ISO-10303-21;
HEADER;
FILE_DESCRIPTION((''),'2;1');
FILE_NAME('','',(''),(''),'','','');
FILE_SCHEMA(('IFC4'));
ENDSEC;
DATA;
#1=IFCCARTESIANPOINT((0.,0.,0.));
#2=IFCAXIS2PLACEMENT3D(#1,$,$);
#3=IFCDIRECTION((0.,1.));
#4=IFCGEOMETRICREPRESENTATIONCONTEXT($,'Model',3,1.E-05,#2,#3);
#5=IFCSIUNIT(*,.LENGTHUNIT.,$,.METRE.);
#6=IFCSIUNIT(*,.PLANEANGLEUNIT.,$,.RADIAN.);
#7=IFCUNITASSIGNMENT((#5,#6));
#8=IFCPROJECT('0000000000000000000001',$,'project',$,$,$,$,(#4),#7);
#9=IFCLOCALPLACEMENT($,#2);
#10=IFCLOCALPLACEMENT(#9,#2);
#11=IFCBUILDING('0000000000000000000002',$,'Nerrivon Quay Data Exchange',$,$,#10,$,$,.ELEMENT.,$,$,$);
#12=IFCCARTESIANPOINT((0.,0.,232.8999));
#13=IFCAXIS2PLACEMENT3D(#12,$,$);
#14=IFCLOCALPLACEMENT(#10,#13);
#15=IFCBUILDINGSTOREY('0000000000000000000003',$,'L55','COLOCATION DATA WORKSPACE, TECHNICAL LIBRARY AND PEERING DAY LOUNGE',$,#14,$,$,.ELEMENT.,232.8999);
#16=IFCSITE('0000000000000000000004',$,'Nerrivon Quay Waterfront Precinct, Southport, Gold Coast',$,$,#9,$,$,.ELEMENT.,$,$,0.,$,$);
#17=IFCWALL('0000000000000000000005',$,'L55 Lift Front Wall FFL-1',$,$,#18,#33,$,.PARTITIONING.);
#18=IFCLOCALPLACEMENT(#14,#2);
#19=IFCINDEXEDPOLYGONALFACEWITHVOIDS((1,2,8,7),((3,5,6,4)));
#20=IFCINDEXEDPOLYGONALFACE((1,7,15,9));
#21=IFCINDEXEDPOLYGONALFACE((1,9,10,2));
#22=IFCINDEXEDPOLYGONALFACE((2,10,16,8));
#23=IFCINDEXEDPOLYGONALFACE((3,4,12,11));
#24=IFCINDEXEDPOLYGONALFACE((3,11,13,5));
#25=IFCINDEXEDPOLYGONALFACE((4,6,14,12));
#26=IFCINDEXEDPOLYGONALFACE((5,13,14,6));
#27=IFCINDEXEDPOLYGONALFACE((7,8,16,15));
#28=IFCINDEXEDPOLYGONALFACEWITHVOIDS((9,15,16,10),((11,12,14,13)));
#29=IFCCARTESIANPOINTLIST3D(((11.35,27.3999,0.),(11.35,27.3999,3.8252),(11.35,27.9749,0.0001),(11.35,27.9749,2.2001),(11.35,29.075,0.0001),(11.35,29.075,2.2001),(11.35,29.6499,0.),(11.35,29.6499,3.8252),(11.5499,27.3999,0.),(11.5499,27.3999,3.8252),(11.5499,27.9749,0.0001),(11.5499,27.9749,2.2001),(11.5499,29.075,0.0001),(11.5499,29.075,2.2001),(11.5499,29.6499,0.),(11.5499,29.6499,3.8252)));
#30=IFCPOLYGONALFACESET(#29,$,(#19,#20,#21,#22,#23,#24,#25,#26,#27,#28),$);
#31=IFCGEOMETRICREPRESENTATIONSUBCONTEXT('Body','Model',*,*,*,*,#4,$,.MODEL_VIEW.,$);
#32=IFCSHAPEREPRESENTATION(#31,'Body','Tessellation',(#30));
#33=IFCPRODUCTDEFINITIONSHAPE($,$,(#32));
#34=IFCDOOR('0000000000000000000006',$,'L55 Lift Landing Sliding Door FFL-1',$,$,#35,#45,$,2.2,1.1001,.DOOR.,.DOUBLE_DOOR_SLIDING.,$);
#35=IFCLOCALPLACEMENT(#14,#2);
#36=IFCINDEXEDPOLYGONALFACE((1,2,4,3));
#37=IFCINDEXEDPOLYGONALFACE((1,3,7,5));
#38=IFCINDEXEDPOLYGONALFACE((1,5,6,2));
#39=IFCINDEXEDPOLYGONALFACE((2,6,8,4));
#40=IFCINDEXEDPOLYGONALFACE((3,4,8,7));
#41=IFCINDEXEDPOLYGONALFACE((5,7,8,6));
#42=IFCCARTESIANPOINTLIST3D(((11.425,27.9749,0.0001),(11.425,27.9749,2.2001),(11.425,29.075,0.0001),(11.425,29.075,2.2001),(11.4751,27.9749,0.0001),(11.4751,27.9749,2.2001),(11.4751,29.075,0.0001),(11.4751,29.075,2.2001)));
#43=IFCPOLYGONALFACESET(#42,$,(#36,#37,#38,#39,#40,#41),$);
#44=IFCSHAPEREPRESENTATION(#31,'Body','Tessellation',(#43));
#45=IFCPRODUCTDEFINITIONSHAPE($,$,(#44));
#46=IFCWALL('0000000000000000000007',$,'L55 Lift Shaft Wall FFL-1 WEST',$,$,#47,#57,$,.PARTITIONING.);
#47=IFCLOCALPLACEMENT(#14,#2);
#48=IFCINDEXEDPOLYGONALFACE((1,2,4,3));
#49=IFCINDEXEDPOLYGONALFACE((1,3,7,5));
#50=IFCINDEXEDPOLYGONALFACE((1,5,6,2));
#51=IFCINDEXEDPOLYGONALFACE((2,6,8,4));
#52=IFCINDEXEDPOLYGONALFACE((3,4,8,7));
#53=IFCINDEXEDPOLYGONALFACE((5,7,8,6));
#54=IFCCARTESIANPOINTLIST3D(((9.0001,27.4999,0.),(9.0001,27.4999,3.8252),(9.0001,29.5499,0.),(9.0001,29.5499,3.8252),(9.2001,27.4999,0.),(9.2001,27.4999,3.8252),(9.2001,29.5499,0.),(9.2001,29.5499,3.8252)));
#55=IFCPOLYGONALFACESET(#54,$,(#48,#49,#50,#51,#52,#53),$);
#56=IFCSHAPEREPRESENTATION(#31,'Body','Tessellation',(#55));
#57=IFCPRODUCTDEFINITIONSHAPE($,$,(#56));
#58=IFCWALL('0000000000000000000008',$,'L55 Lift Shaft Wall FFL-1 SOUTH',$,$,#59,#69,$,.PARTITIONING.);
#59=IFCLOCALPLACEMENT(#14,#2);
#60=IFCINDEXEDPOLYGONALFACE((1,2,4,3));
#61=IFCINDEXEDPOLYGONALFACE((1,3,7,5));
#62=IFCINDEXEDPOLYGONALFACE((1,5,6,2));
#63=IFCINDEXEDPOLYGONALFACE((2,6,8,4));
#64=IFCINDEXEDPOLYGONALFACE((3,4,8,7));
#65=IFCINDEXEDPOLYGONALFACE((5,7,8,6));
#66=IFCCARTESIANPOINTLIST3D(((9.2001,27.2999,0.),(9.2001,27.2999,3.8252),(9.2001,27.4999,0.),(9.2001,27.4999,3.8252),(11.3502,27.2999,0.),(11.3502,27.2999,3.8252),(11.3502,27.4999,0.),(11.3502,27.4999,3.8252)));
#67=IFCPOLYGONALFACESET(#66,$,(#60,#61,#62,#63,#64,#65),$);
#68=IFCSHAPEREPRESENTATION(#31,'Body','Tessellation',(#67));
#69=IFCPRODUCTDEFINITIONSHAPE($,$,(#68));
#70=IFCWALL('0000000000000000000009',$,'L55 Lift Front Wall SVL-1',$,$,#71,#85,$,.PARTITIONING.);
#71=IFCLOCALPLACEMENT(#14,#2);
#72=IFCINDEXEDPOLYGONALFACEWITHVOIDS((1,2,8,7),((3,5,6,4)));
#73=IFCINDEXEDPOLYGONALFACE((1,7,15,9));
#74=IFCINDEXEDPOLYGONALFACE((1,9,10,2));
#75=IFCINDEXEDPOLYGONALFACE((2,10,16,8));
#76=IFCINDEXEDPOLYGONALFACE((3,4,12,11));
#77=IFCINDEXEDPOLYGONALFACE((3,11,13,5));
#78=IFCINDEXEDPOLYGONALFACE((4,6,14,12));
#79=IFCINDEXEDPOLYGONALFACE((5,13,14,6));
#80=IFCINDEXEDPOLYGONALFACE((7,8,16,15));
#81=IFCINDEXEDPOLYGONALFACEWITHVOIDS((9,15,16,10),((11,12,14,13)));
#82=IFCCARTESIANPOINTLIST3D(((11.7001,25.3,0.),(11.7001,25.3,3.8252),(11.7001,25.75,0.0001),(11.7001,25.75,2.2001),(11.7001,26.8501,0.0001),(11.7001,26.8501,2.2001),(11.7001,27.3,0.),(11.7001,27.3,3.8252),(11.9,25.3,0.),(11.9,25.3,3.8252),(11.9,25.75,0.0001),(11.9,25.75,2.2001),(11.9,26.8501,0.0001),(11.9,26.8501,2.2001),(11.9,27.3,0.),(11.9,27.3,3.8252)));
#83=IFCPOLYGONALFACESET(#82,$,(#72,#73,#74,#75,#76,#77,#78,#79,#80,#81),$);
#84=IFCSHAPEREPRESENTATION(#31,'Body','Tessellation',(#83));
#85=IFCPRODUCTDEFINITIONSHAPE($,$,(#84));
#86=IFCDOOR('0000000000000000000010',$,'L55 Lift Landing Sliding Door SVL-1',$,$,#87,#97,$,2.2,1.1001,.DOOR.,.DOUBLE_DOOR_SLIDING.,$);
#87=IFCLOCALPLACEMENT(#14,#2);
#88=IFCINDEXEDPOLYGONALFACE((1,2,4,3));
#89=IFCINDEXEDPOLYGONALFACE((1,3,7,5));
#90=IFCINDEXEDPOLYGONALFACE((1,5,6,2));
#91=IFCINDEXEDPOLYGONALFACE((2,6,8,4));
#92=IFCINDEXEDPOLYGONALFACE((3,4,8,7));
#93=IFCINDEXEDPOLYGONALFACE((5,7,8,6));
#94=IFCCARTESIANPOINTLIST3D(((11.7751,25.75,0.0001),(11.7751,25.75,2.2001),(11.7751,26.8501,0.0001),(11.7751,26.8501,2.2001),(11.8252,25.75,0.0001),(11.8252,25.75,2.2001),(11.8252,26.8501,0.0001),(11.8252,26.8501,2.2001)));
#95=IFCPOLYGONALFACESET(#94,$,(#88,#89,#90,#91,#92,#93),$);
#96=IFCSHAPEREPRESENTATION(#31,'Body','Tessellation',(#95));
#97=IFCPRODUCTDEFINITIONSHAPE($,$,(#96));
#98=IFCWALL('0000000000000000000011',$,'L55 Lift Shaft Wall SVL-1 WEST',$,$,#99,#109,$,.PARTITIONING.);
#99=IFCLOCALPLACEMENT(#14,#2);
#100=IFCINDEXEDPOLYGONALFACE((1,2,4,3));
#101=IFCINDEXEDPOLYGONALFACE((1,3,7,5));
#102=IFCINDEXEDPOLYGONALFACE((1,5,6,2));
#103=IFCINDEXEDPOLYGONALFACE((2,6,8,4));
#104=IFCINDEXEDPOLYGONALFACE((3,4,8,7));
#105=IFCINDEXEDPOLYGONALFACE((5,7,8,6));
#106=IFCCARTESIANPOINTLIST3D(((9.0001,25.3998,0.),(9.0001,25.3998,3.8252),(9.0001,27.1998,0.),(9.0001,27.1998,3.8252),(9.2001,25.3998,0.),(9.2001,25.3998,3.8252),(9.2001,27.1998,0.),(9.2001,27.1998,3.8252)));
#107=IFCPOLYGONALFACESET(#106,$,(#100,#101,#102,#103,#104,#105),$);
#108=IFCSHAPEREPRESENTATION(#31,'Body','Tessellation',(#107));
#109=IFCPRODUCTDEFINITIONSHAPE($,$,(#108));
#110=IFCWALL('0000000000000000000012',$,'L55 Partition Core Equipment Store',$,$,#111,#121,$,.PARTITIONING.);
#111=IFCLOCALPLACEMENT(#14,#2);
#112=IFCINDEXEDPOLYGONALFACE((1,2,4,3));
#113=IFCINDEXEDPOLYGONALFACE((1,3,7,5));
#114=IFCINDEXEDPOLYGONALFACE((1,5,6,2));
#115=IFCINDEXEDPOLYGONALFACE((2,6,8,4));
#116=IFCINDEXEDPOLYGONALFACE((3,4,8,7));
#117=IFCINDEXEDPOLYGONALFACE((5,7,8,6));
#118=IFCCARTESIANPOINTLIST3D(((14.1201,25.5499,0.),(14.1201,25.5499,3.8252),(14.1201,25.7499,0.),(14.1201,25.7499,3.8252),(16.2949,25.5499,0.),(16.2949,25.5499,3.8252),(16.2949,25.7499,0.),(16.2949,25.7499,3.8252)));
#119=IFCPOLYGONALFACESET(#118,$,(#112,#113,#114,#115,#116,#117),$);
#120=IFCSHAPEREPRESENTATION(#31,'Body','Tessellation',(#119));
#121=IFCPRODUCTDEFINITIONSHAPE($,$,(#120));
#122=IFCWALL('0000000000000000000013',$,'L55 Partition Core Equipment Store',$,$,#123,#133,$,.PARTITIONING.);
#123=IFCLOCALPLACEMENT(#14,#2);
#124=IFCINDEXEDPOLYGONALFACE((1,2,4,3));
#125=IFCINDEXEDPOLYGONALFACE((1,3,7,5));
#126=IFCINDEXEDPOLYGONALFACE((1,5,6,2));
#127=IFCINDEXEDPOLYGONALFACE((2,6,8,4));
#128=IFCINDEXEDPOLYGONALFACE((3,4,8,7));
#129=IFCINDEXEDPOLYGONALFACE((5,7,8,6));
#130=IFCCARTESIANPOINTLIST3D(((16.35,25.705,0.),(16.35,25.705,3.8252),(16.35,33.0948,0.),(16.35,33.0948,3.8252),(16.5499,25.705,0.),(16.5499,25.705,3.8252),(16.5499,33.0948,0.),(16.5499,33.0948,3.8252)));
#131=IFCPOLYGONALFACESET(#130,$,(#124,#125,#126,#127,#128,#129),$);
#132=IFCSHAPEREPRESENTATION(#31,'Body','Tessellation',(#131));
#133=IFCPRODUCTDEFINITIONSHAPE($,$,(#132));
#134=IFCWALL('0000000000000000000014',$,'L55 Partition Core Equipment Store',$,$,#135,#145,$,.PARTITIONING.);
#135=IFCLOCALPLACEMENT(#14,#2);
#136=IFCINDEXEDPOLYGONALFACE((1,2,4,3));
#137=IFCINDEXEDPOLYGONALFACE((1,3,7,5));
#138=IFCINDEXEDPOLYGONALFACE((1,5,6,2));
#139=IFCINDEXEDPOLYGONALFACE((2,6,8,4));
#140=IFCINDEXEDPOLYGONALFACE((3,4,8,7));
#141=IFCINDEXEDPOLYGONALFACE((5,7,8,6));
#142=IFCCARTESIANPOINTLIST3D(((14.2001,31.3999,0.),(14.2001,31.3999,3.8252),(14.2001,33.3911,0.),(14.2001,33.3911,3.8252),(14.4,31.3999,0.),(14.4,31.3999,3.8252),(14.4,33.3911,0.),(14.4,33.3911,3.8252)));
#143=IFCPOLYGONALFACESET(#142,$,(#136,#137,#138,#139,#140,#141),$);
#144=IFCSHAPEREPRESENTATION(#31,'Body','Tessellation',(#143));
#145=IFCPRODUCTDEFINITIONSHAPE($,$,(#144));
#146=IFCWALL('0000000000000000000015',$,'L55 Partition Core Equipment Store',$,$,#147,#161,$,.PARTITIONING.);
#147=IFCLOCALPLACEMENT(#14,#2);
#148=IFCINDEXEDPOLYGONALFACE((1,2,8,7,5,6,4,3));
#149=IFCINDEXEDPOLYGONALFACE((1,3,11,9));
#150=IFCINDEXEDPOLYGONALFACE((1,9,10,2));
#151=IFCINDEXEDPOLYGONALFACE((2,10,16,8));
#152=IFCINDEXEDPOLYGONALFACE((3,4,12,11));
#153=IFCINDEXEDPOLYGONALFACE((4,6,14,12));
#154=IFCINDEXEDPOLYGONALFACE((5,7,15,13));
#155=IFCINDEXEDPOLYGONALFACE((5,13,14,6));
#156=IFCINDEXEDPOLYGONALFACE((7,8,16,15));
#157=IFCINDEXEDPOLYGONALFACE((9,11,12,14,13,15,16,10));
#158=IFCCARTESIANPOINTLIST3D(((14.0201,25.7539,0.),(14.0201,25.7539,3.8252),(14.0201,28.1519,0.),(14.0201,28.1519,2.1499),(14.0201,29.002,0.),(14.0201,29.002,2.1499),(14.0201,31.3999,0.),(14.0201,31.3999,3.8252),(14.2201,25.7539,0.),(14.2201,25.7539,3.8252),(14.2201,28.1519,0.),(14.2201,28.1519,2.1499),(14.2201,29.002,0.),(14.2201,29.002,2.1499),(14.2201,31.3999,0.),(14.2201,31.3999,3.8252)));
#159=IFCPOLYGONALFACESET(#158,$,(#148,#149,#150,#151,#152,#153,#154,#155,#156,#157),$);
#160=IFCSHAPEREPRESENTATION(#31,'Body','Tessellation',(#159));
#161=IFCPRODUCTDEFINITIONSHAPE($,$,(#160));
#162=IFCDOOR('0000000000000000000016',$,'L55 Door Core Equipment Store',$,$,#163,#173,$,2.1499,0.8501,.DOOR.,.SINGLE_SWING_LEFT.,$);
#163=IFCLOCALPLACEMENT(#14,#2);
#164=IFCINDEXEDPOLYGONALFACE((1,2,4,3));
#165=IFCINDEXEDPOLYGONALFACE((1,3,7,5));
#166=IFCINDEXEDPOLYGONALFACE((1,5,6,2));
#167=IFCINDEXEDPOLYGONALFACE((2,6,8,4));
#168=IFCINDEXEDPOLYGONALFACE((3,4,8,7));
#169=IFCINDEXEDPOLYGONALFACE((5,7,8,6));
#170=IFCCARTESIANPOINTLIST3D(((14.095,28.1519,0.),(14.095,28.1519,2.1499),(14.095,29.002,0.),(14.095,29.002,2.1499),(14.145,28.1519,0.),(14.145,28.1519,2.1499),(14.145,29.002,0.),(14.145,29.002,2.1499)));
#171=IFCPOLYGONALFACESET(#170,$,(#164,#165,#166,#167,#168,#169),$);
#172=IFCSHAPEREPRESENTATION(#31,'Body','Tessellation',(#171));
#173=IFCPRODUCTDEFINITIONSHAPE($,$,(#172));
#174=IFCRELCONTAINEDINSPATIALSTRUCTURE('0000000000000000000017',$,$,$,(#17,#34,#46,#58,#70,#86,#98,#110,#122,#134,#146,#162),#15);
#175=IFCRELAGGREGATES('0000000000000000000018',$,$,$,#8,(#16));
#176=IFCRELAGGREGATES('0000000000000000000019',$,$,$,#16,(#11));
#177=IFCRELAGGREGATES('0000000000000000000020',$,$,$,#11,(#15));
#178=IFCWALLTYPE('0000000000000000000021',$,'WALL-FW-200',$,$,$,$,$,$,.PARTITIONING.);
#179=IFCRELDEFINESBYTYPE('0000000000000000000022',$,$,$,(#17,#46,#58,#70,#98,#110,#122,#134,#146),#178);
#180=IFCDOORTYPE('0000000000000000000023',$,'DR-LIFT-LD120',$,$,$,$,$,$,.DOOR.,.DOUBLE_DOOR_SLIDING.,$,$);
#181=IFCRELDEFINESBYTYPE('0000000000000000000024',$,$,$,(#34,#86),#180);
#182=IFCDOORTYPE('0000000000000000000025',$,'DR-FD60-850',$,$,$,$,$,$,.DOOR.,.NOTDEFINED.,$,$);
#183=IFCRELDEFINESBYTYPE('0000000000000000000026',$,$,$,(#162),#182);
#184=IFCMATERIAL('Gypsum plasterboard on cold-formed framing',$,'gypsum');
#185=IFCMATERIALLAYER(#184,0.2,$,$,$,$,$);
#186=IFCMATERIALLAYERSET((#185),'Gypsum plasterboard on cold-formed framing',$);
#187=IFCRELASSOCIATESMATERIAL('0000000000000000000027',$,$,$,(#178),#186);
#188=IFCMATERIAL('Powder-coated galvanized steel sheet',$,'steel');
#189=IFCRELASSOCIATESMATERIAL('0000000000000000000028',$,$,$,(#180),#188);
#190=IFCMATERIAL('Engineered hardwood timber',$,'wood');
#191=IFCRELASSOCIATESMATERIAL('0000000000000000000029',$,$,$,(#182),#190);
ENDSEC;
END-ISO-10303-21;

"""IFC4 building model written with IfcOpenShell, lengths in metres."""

from ifc_helpers import new_model, si_unit, direction, frame, frame_2d, origin, place, context, subcontext, project, spatial, rectangle, extrude, material, layer, layer_set, type_object, element, fill, save


model = new_model("IFC4")

# Units and contexts
model_context = context("Model", 3, precision=1e-05, world=origin(), true_north=direction((0.0, 1.0)))
body_context = subcontext(model_context, "Body", "Model", "MODEL_VIEW")
ifc_project = project(units=[si_unit("LENGTHUNIT", "METRE"), si_unit("PLANEANGLEUNIT", "RADIAN")], contexts=[model_context])

# Site, building, storey
site_placement = place(None, origin())
site = spatial("IfcSite", under=ifc_project, at=site_placement, Name="Nerrivon Quay Waterfront Precinct, Southport, Gold Coast", CompositionType="ELEMENT", RefElevation=0.0)
building_placement = place(site_placement, origin())
building = spatial("IfcBuilding", under=site, at=building_placement, Name="Nerrivon Quay Data Exchange", CompositionType="ELEMENT")
storey_placement = place(building_placement, frame((0.0, 0.0, 232.8999)))
storey = spatial("IfcBuildingStorey", under=building, at=storey_placement, Name="L55", Description="COLOCATION DATA WORKSPACE, TECHNICAL LIBRARY AND PEERING DAY LOUNGE", CompositionType="ELEMENT", Elevation=232.8999)

# Wall, opening, door
ifc_material_1 = material(Name="Powder-coated galvanized steel sheet", Category="steel")
ifc_material_2 = material(Name="Gypsum plasterboard on cold-formed framing", Category="gypsum")
ifc_layer_1 = layer(ifc_material_2, 0.2)
ifc_layer_set_1 = layer_set([ifc_layer_1], Name="Gypsum plasterboard on cold-formed framing")
wall_type_1 = type_object("IfcWallType", Name="WALL-FW-200", PredefinedType="PARTITIONING", material=ifc_layer_set_1)
wall_1_placement = place(storey_placement, frame((11.45, 27.3999, 0.0), z_axis=(0.0, 0.0, 1.0), x_axis=(0.0, 1.0, 0.0)))
wall_1 = element("IfcWall", 1, at=wall_1_placement, inside=storey, type_object=wall_type_1, Name="L55 Lift Front Wall FFL-1", PredefinedType="PARTITIONING", context=body_context, shape_type="SweptSolid", body=[
    extrude(rectangle(XDim=2.25, YDim=0.2, at=frame_2d((1.125, 0.0))), origin(), (0.0, 0.0, 1.0), 3.8252),
])
opening_1_placement = place(wall_1_placement, frame((0.575, 0.0, 0.0)))
opening_1 = element("IfcOpeningElement", 2, at=opening_1_placement, cuts=wall_1, PredefinedType="OPENING", context=body_context, shape_type="SweptSolid", body=[
    extrude(rectangle(XDim=1.1001, YDim=2.2, at=frame_2d((0.55, 1.1001))), frame((0.0, 0.1099, 0.0), z_axis=(0.0, -1.0, 0.0), x_axis=(1.0, 0.0, 0.0)), (0.0, 0.0, 1.0), 0.22),
])
door_type_1 = type_object("IfcDoorType", Name="DR-LIFT-LD120", OperationType="DOUBLE_DOOR_SLIDING", PredefinedType="DOOR", material=ifc_material_1)
door_1_placement = place(opening_1_placement, origin())
door_1 = element("IfcDoor", 3, at=door_1_placement, inside=storey, type_object=door_type_1, Name="L55 Lift Landing Sliding Door FFL-1", OperationType="DOUBLE_DOOR_SLIDING", OverallHeight=2.2, OverallWidth=1.1001, PredefinedType="DOOR", context=body_context, shape_type="SweptSolid", body=[
    extrude(rectangle(XDim=1.1001, YDim=2.2, at=frame_2d((0.55, 1.1001))), frame((0.0, 0.0249, 0.0), z_axis=(0.0, -1.0, 0.0), x_axis=(1.0, 0.0, 0.0)), (0.0, 0.0, 1.0), 0.05),
])
fill(opening_1, door_1)

# Walls
wall_2_placement = place(storey_placement, frame((9.1001, 27.5, 0.0), z_axis=(0.0, 0.0, 1.0), x_axis=(0.0, 1.0, 0.0)))
element("IfcWall", 4, at=wall_2_placement, inside=storey, type_object=wall_type_1, Name="L55 Lift Shaft Wall FFL-1 WEST", PredefinedType="PARTITIONING", context=body_context, shape_type="SweptSolid", body=[
    extrude(rectangle(XDim=2.05, YDim=0.2, at=frame_2d((1.0249, 0.0))), origin(), (0.0, 0.0, 1.0), 3.8252),
])
wall_3_placement = place(storey_placement, frame((9.2, 27.3999, 0.0), z_axis=(0.0, 0.0, 1.0), x_axis=(1.0, 0.0, 0.0)))
element("IfcWall", 5, at=wall_3_placement, inside=storey, type_object=wall_type_1, Name="L55 Lift Shaft Wall FFL-1 SOUTH", PredefinedType="PARTITIONING", context=body_context, shape_type="SweptSolid", body=[
    extrude(rectangle(XDim=2.1501, YDim=0.2, at=frame_2d((1.0752, 0.0))), origin(), (0.0, 0.0, 1.0), 3.8252),
])

# Wall, opening, door
wall_4_placement = place(storey_placement, frame((11.8, 25.3, 0.0), z_axis=(0.0, 0.0, 1.0), x_axis=(0.0, 1.0, 0.0)))
wall_4 = element("IfcWall", 6, at=wall_4_placement, inside=storey, type_object=wall_type_1, Name="L55 Lift Front Wall SVL-1", PredefinedType="PARTITIONING", context=body_context, shape_type="SweptSolid", body=[
    extrude(rectangle(XDim=2.0, YDim=0.2, at=frame_2d((1.0, 0.0))), origin(), (0.0, 0.0, 1.0), 3.8252),
])
opening_2_placement = place(wall_4_placement, frame((0.45, 0.0, 0.0)))
opening_2 = element("IfcOpeningElement", 7, at=opening_2_placement, cuts=wall_4, PredefinedType="OPENING", context=body_context, shape_type="SweptSolid", body=[
    extrude(rectangle(XDim=1.1001, YDim=2.2, at=frame_2d((0.55, 1.1001))), frame((0.0, 0.1099, 0.0), z_axis=(0.0, -1.0, 0.0), x_axis=(1.0, 0.0, 0.0)), (0.0, 0.0, 1.0), 0.22),
])
door_2_placement = place(opening_2_placement, origin())
door_2 = element("IfcDoor", 8, at=door_2_placement, inside=storey, type_object=door_type_1, Name="L55 Lift Landing Sliding Door SVL-1", OperationType="DOUBLE_DOOR_SLIDING", OverallHeight=2.2, OverallWidth=1.1001, PredefinedType="DOOR", context=body_context, shape_type="SweptSolid", body=[
    extrude(rectangle(XDim=1.1001, YDim=2.2, at=frame_2d((0.55, 1.1001))), frame((0.0, 0.0249, 0.0), z_axis=(0.0, -1.0, 0.0), x_axis=(1.0, 0.0, 0.0)), (0.0, 0.0, 1.0), 0.05),
])
fill(opening_2, door_2)

# Walls
wall_5_placement = place(storey_placement, frame((9.1001, 25.3999, 0.0), z_axis=(0.0, 0.0, 1.0), x_axis=(0.0, 1.0, 0.0)))
element("IfcWall", 9, at=wall_5_placement, inside=storey, type_object=wall_type_1, Name="L55 Lift Shaft Wall SVL-1 WEST", PredefinedType="PARTITIONING", context=body_context, shape_type="SweptSolid", body=[
    extrude(rectangle(XDim=1.8, YDim=0.2, at=frame_2d((0.8999, 0.0))), origin(), (0.0, 0.0, 1.0), 3.8252),
])
wall_6_placement = place(storey_placement, frame((14.1201, 25.6499, 0.0), z_axis=(0.0, 0.0, 1.0), x_axis=(1.0, 0.0, 0.0)))
element("IfcWall", 10, at=wall_6_placement, inside=storey, type_object=wall_type_1, Name="L55 Partition Core Equipment Store", PredefinedType="PARTITIONING", context=body_context, shape_type="SweptSolid", body=[
    extrude(rectangle(XDim=2.1748, YDim=0.2, at=frame_2d((1.0874, 0.0))), origin(), (0.0, 0.0, 1.0), 3.8252),
])
wall_7_placement = place(storey_placement, frame((16.45, 25.7051, 0.0), z_axis=(0.0, 0.0, 1.0), x_axis=(0.0, 1.0, 0.0)))
element("IfcWall", 11, at=wall_7_placement, inside=storey, type_object=wall_type_1, Name="L55 Partition Core Equipment Store", PredefinedType="PARTITIONING", context=body_context, shape_type="SweptSolid", body=[
    extrude(rectangle(XDim=7.3899, YDim=0.2, at=frame_2d((3.6948, 0.0))), origin(), (0.0, 0.0, 1.0), 3.8252),
])
wall_8_placement = place(storey_placement, frame((14.3, 33.3911, 0.0), z_axis=(0.0, 0.0, 1.0), x_axis=(0.0, -1.0, 0.0)))
element("IfcWall", 12, at=wall_8_placement, inside=storey, type_object=wall_type_1, Name="L55 Partition Core Equipment Store", PredefinedType="PARTITIONING", context=body_context, shape_type="SweptSolid", body=[
    extrude(rectangle(XDim=1.9912, YDim=0.2, at=frame_2d((0.9956, 0.0))), origin(), (0.0, 0.0, 1.0), 3.8252),
])

# Wall, opening, door
wall_9_placement = place(storey_placement, frame((14.1201, 31.3999, 0.0), z_axis=(0.0, 0.0, 1.0), x_axis=(0.0, -1.0, 0.0)))
wall_9 = element("IfcWall", 13, at=wall_9_placement, inside=storey, type_object=wall_type_1, Name="L55 Partition Core Equipment Store", PredefinedType="PARTITIONING", context=body_context, shape_type="SweptSolid", body=[
    extrude(rectangle(XDim=5.646, YDim=0.2, at=frame_2d((2.823, 0.0))), origin(), (0.0, 0.0, 1.0), 3.8252),
])
opening_3_placement = place(wall_9_placement, frame((2.3979, 0.0, 0.0)))
opening_3 = element("IfcOpeningElement", 14, at=opening_3_placement, cuts=wall_9, PredefinedType="OPENING", context=body_context, shape_type="SweptSolid", body=[
    extrude(rectangle(XDim=0.8501, YDim=2.1499, at=frame_2d((0.425, 1.075))), frame((0.0, 0.1099, 0.0), z_axis=(0.0, -1.0, 0.0), x_axis=(1.0, 0.0, 0.0)), (0.0, 0.0, 1.0), 0.22),
])
ifc_material_3 = material(Name="Engineered hardwood timber", Category="wood")
door_type_2 = type_object("IfcDoorType", Name="DR-FD60-850", OperationType="NOTDEFINED", PredefinedType="DOOR", material=ifc_material_3)
door_3_placement = place(opening_3_placement, origin())
door_3 = element("IfcDoor", 15, at=door_3_placement, inside=storey, type_object=door_type_2, Name="L55 Door Core Equipment Store", OperationType="SINGLE_SWING_LEFT", OverallHeight=2.1499, OverallWidth=0.8501, PredefinedType="DOOR", context=body_context, shape_type="SweptSolid", body=[
    extrude(rectangle(XDim=0.8501, YDim=2.1499, at=frame_2d((0.425, 1.075))), frame((0.0, 0.0249, 0.0), z_axis=(0.0, -1.0, 0.0), x_axis=(1.0, 0.0, 0.0)), (0.0, 0.0, 1.0), 0.05),
])
fill(opening_3, door_3)

save(model, "model.ifc")
